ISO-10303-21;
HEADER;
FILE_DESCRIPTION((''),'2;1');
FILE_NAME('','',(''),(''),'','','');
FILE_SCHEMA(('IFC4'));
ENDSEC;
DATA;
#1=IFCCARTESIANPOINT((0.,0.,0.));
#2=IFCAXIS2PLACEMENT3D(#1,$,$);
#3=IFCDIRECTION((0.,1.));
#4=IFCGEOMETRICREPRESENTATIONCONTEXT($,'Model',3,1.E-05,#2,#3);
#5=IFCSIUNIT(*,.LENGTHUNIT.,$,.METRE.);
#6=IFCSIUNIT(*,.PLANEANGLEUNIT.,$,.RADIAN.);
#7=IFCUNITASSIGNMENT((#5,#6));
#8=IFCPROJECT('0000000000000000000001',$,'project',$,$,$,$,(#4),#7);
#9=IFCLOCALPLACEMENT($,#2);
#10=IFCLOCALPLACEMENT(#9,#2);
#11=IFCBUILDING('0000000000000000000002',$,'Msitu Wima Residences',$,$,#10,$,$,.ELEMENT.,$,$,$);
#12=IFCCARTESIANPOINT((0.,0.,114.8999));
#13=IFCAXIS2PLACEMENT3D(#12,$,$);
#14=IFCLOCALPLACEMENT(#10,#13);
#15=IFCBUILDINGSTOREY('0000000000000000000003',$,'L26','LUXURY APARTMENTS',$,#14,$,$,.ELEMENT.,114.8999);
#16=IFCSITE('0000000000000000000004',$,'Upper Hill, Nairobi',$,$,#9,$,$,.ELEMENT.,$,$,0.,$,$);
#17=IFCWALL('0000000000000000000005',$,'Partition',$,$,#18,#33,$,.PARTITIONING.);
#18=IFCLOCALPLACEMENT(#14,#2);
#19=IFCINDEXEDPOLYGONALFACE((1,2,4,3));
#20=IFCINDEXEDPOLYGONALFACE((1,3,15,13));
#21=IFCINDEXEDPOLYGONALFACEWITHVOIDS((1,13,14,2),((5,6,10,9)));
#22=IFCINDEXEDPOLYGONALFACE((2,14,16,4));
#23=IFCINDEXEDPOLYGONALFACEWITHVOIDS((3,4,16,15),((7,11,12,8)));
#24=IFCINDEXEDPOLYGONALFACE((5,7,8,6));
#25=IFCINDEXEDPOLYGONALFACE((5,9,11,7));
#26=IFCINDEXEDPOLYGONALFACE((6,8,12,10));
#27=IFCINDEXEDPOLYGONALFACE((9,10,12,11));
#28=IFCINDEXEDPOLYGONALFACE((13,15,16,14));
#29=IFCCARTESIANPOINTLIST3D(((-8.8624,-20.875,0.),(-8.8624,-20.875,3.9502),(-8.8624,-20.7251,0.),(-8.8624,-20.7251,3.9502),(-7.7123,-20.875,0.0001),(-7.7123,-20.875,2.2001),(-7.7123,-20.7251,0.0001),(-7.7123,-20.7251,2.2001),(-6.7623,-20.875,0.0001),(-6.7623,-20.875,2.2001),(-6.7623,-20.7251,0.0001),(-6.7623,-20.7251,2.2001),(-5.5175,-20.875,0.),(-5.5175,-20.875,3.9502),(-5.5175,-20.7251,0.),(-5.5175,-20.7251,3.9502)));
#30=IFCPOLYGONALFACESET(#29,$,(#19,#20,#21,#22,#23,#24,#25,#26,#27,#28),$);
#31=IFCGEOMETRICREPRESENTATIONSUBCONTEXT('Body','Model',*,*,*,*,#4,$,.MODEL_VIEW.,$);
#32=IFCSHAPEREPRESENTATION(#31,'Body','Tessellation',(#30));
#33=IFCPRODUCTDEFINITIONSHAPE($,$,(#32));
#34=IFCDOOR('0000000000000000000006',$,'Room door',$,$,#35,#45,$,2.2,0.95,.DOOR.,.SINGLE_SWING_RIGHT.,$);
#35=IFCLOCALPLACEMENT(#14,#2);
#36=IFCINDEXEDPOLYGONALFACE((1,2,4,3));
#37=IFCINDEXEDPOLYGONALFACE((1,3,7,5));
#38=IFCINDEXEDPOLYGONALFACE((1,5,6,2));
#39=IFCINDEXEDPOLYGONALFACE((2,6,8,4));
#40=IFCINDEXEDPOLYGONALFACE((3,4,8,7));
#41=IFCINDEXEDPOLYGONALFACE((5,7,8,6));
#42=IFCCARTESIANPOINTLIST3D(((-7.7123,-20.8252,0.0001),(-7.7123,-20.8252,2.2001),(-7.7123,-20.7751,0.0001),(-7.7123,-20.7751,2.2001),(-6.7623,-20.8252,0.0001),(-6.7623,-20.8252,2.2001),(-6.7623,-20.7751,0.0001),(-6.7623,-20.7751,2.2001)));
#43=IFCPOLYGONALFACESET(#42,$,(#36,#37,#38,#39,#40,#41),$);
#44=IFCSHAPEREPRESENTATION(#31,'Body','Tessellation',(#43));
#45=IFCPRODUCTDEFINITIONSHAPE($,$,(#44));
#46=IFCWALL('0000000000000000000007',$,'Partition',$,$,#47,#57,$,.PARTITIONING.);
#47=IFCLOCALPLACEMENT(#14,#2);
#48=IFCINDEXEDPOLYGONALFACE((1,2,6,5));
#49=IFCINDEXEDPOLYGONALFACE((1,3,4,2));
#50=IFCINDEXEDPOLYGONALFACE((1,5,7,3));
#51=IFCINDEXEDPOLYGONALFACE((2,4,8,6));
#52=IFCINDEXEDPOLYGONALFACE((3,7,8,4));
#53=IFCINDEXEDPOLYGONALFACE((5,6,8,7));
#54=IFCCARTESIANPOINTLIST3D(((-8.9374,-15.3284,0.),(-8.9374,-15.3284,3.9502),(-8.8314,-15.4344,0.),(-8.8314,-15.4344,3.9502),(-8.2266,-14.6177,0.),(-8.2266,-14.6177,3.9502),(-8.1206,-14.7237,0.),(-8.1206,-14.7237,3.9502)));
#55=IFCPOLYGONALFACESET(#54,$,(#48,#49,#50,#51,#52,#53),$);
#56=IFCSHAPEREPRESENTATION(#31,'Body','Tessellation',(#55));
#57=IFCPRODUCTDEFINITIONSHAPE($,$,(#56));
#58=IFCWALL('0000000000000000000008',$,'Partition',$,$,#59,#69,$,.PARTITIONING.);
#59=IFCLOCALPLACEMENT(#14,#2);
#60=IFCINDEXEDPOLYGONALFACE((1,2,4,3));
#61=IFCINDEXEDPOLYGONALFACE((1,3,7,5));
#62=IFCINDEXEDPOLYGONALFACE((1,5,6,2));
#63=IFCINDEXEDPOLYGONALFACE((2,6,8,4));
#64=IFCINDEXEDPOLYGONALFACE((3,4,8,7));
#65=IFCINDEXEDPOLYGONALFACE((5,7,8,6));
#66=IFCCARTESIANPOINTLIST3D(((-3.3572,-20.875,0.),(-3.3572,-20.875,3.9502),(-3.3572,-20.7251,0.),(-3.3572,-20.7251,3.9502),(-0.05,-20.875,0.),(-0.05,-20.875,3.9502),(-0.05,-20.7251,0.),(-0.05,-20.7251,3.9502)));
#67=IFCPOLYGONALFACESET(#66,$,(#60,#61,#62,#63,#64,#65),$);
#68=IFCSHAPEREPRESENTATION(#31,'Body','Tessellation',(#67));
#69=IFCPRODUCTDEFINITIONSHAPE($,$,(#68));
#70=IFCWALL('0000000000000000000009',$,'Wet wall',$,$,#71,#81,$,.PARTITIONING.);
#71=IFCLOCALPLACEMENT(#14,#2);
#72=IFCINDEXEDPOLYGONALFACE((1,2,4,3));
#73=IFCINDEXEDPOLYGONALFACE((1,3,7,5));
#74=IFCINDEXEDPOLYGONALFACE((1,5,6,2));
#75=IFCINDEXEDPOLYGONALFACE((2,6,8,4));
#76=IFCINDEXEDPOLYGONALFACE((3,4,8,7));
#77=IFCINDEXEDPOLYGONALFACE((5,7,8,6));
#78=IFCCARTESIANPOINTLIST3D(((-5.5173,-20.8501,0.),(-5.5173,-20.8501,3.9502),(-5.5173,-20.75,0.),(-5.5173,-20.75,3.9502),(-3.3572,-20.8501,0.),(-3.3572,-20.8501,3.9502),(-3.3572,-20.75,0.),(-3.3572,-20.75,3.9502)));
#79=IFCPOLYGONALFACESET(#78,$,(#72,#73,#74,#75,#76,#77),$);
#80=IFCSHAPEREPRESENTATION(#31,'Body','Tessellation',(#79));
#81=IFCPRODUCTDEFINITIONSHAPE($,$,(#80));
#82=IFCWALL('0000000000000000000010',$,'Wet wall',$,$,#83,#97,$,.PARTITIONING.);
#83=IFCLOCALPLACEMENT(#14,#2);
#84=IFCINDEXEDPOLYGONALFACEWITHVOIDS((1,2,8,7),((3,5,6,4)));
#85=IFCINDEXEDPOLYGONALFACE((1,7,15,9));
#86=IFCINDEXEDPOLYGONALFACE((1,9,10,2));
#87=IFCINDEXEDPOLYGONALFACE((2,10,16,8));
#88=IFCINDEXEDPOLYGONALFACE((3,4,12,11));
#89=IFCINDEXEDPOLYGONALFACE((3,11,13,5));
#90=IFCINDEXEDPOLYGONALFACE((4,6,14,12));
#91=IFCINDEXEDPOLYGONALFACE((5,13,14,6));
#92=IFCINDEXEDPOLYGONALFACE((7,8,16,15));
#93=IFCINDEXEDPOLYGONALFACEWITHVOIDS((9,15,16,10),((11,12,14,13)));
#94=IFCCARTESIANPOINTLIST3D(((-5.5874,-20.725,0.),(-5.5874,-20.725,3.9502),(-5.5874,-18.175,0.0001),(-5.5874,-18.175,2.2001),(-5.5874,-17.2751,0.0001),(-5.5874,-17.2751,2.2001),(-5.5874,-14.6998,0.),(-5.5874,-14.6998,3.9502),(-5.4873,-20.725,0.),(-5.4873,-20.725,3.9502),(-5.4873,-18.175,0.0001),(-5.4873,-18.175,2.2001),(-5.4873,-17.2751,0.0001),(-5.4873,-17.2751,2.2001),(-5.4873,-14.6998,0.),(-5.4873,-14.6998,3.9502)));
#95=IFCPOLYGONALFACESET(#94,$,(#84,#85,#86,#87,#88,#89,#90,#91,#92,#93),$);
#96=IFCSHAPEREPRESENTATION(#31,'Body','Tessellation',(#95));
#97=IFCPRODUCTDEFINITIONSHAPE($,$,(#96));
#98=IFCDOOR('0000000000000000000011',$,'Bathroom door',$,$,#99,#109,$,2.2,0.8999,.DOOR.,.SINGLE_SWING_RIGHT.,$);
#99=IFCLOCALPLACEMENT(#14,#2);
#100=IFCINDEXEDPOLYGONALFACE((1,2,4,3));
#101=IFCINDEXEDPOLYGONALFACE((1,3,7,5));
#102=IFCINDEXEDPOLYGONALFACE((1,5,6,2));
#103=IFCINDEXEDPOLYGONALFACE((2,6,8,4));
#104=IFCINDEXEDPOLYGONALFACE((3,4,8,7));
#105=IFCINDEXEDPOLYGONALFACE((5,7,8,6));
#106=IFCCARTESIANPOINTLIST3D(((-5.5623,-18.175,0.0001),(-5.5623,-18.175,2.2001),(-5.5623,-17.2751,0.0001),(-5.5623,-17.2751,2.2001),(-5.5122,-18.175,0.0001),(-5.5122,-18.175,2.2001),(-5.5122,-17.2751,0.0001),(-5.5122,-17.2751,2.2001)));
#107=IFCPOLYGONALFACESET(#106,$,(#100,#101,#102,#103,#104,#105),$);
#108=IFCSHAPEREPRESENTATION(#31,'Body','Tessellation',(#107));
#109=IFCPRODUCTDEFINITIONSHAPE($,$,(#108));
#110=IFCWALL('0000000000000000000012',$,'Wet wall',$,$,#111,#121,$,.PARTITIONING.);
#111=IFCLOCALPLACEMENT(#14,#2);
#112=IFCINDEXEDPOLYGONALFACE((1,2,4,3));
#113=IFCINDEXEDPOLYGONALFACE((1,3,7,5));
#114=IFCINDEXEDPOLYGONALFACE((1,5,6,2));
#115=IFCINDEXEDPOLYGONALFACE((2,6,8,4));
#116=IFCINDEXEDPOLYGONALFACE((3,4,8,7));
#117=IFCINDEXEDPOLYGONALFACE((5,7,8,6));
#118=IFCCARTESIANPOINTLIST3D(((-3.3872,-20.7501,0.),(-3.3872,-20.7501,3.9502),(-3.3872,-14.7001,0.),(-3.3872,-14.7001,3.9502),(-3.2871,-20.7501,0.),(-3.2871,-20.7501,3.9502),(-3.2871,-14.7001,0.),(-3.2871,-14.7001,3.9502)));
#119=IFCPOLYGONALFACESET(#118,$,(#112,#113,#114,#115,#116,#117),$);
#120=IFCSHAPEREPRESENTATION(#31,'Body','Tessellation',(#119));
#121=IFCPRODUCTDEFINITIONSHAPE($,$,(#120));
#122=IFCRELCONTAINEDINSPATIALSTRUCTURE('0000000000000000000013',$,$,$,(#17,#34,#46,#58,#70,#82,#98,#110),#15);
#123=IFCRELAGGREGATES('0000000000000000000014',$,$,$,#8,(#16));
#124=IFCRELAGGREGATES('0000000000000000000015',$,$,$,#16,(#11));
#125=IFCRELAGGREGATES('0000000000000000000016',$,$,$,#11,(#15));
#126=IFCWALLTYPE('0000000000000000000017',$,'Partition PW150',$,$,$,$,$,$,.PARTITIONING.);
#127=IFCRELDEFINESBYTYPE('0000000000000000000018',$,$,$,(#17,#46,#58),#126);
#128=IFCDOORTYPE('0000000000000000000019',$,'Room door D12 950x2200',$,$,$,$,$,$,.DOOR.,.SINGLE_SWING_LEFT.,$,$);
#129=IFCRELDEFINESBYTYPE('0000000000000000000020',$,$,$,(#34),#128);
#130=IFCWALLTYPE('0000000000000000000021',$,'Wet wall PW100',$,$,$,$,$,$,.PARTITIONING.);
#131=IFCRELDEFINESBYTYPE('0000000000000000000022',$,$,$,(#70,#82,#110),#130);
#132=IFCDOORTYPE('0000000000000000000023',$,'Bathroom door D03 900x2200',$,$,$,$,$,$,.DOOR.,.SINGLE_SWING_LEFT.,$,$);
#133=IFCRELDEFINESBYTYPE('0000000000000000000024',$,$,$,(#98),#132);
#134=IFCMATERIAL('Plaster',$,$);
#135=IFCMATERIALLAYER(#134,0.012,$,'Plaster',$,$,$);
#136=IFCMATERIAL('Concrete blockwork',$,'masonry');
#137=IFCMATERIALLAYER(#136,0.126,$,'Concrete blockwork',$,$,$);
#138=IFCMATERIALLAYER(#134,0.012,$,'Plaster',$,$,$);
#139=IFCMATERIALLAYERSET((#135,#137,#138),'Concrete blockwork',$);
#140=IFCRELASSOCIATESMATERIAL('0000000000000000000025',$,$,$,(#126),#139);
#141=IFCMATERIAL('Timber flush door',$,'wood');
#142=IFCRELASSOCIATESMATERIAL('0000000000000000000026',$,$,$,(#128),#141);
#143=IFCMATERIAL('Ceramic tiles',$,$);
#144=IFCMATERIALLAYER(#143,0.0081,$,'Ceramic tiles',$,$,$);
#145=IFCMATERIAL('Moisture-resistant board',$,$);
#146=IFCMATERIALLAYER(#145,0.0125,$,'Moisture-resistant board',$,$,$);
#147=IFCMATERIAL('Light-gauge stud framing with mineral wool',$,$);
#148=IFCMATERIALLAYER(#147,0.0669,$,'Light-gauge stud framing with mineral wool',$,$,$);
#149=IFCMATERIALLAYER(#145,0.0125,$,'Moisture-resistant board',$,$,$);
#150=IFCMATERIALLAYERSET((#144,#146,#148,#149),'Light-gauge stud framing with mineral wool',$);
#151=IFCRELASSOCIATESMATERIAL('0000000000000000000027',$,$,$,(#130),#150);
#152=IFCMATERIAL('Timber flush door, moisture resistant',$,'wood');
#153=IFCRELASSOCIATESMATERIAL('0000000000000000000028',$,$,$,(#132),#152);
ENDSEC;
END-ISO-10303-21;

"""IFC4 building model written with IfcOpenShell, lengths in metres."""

from ifc_helpers import new_model, si_unit, direction, frame, frame_2d, origin, place, context, subcontext, project, spatial, rectangle, extrude, material, layer, layer_set, type_object, element, fill, save


model = new_model("IFC4")

# Units and contexts
model_context = context("Model", 3, precision=1e-05, world=origin(), true_north=direction((0.0, 1.0)))
body_context = subcontext(model_context, "Body", "Model", "MODEL_VIEW")
ifc_project = project(units=[si_unit("LENGTHUNIT", "METRE"), si_unit("PLANEANGLEUNIT", "RADIAN")], contexts=[model_context])

# Site, building, storey
site_placement = place(None, origin())
site = spatial("IfcSite", under=ifc_project, at=site_placement, Name="Upper Hill, Nairobi", CompositionType="ELEMENT", RefElevation=0.0)
building_placement = place(site_placement, origin())
building = spatial("IfcBuilding", under=site, at=building_placement, Name="Msitu Wima Residences", CompositionType="ELEMENT")
storey_placement = place(building_placement, frame((0.0, 0.0, 114.8999)))
storey = spatial("IfcBuildingStorey", under=building, at=storey_placement, Name="L26", Description="LUXURY APARTMENTS", CompositionType="ELEMENT", Elevation=114.8999)

# Shared definitions
ifc_material_1 = material(Name="Plaster")
ifc_layer_1 = layer(ifc_material_1, 0.012, Name="Plaster")
ifc_material_2 = material(Name="Concrete blockwork", Category="masonry")
ifc_layer_2 = layer(ifc_material_2, 0.126, Name="Concrete blockwork")
ifc_layer_3 = layer(ifc_material_1, 0.012, Name="Plaster")
ifc_layer_set_1 = layer_set([ifc_layer_1, ifc_layer_2, ifc_layer_3], Name="Concrete blockwork")
wall_type_1 = type_object("IfcWallType", Name="Partition PW150", PredefinedType="PARTITIONING", material=ifc_layer_set_1)

# Shared definitions
ifc_material_3 = material(Name="Timber flush door", Category="wood")
door_type_1 = type_object("IfcDoorType", Name="Room door D12 950x2200", OperationType="SINGLE_SWING_LEFT", PredefinedType="DOOR", material=ifc_material_3)

# Wall, opening, door
wall_1_placement = place(storey_placement, frame((-8.8623, -20.8, 0.0), z_axis=(0.0, 0.0, 1.0), x_axis=(1.0, 0.0, 0.0)))
wall_1 = element("IfcWall", 1, at=wall_1_placement, inside=storey, type_object=wall_type_1, Name="Partition", PredefinedType="PARTITIONING", context=body_context, shape_type="SweptSolid", body=[
    extrude(rectangle(XDim=3.345, YDim=0.1499, at=frame_2d((1.6724, 0.0))), origin(), (0.0, 0.0, 1.0), 3.9502),
])
opening_1_placement = place(wall_1_placement, frame((1.1499, 0.0, 0.0)))
opening_1 = element("IfcOpeningElement", 2, at=opening_1_placement, cuts=wall_1, PredefinedType="OPENING", context=body_context, shape_type="SweptSolid", body=[
    extrude(rectangle(XDim=0.95, YDim=2.2, at=frame_2d((0.4751, 1.1001))), frame((0.0, 0.085, 0.0), z_axis=(0.0, -1.0, 0.0), x_axis=(1.0, 0.0, 0.0)), (0.0, 0.0, 1.0), 0.1699),
])
door_1_placement = place(opening_1_placement, origin())
door_1 = element("IfcDoor", 3, at=door_1_placement, inside=storey, type_object=door_type_1, Name="Room door", OperationType="SINGLE_SWING_RIGHT", OverallHeight=2.2, OverallWidth=0.95, PredefinedType="DOOR", context=body_context, shape_type="SweptSolid", body=[
    extrude(rectangle(XDim=0.95, YDim=2.2, at=frame_2d((0.4751, 1.1001))), frame((0.0, 0.0249, 0.0), z_axis=(0.0, -1.0, 0.0), x_axis=(1.0, 0.0, 0.0)), (0.0, 0.0, 1.0), 0.05),
])
fill(opening_1, door_1)

# Walls
wall_2_placement = place(storey_placement, frame((-8.8843, -15.3813, 0.0), z_axis=(0.0, 0.0, 1.0), x_axis=(0.707107, 0.707107, 0.0)))
element("IfcWall", 4, at=wall_2_placement, inside=storey, type_object=wall_type_1, Name="Partition", PredefinedType="PARTITIONING", context=body_context, shape_type="SweptSolid", body=[
    extrude(rectangle(XDim=1.0051, YDim=0.1499, at=frame_2d((0.5024, 0.0))), origin(), (0.0, 0.0, 1.0), 3.9502),
])
wall_3_placement = place(storey_placement, frame((-3.3572, -20.8, 0.0), z_axis=(0.0, 0.0, 1.0), x_axis=(1.0, 0.0, 0.0)))
element("IfcWall", 5, at=wall_3_placement, inside=storey, type_object=wall_type_1, Name="Partition", PredefinedType="PARTITIONING", context=body_context, shape_type="SweptSolid", body=[
    extrude(rectangle(XDim=3.3071, YDim=0.1499, at=frame_2d((1.6536, 0.0))), origin(), (0.0, 0.0, 1.0), 3.9502),
])
ifc_material_4 = material(Name="Ceramic tiles")
ifc_layer_4 = layer(ifc_material_4, 0.0081, Name="Ceramic tiles")
ifc_material_5 = material(Name="Moisture-resistant board")
ifc_layer_5 = layer(ifc_material_5, 0.0125, Name="Moisture-resistant board")
ifc_material_6 = material(Name="Light-gauge stud framing with mineral wool")
ifc_layer_6 = layer(ifc_material_6, 0.0669, Name="Light-gauge stud framing with mineral wool")
ifc_layer_7 = layer(ifc_material_5, 0.0125, Name="Moisture-resistant board")
ifc_layer_set_2 = layer_set([ifc_layer_4, ifc_layer_5, ifc_layer_6, ifc_layer_7], Name="Light-gauge stud framing with mineral wool")
wall_type_2 = type_object("IfcWallType", Name="Wet wall PW100", PredefinedType="PARTITIONING", material=ifc_layer_set_2)
wall_4_placement = place(storey_placement, frame((-5.5173, -20.8, 0.0), z_axis=(0.0, 0.0, 1.0), x_axis=(1.0, 0.0, 0.0)))
element("IfcWall", 6, at=wall_4_placement, inside=storey, type_object=wall_type_2, Name="Wet wall", PredefinedType="PARTITIONING", context=body_context, shape_type="SweptSolid", body=[
    extrude(rectangle(XDim=2.1602, YDim=0.1001, at=frame_2d((1.0801, 0.0))), origin(), (0.0, 0.0, 1.0), 3.9502),
])

# Wall, opening, door
wall_5_placement = place(storey_placement, frame((-5.5374, -20.7251, 0.0), z_axis=(0.0, 0.0, 1.0), x_axis=(0.0, 1.0, 0.0)))
wall_5 = element("IfcWall", 7, at=wall_5_placement, inside=storey, type_object=wall_type_2, Name="Wet wall", PredefinedType="PARTITIONING", context=body_context, shape_type="SweptSolid", body=[
    extrude(rectangle(XDim=6.0251, YDim=0.1001, at=frame_2d((3.0127, 0.0))), origin(), (0.0, 0.0, 1.0), 3.9502),
])
opening_2_placement = place(wall_5_placement, frame((2.55, 0.0, 0.0)))
opening_2 = element("IfcOpeningElement", 8, at=opening_2_placement, cuts=wall_5, PredefinedType="OPENING", context=body_context, shape_type="SweptSolid", body=[
    extrude(rectangle(XDim=0.8999, YDim=2.2, at=frame_2d((0.45, 1.1001))), frame((0.0, 0.0601, 0.0), z_axis=(0.0, -1.0, 0.0), x_axis=(1.0, 0.0, 0.0)), (0.0, 0.0, 1.0), 0.1201),
])
ifc_material_7 = material(Name="Timber flush door, moisture resistant", Category="wood")
door_type_2 = type_object("IfcDoorType", Name="Bathroom door D03 900x2200", OperationType="SINGLE_SWING_LEFT", PredefinedType="DOOR", material=ifc_material_7)
door_2_placement = place(opening_2_placement, origin())
door_2 = element("IfcDoor", 9, at=door_2_placement, inside=storey, type_object=door_type_2, Name="Bathroom door", OperationType="SINGLE_SWING_RIGHT", OverallHeight=2.2, OverallWidth=0.8999, PredefinedType="DOOR", context=body_context, shape_type="SweptSolid", body=[
    extrude(rectangle(XDim=0.8999, YDim=2.2, at=frame_2d((0.45, 1.1001))), frame((0.0, 0.0249, 0.0), z_axis=(0.0, -1.0, 0.0), x_axis=(1.0, 0.0, 0.0)), (0.0, 0.0, 1.0), 0.05),
])
fill(opening_2, door_2)

# Wall
wall_6_placement = place(storey_placement, frame((-3.3372, -20.75, 0.0), z_axis=(0.0, 0.0, 1.0), x_axis=(0.0, 1.0, 0.0)))
element("IfcWall", 10, at=wall_6_placement, inside=storey, type_object=wall_type_2, Name="Wet wall", PredefinedType="PARTITIONING", context=body_context, shape_type="SweptSolid", body=[
    extrude(rectangle(XDim=6.05, YDim=0.1001, at=frame_2d((3.0249, 0.0))), origin(), (0.0, 0.0, 1.0), 3.9502),
])

save(model, "model.ifc")
